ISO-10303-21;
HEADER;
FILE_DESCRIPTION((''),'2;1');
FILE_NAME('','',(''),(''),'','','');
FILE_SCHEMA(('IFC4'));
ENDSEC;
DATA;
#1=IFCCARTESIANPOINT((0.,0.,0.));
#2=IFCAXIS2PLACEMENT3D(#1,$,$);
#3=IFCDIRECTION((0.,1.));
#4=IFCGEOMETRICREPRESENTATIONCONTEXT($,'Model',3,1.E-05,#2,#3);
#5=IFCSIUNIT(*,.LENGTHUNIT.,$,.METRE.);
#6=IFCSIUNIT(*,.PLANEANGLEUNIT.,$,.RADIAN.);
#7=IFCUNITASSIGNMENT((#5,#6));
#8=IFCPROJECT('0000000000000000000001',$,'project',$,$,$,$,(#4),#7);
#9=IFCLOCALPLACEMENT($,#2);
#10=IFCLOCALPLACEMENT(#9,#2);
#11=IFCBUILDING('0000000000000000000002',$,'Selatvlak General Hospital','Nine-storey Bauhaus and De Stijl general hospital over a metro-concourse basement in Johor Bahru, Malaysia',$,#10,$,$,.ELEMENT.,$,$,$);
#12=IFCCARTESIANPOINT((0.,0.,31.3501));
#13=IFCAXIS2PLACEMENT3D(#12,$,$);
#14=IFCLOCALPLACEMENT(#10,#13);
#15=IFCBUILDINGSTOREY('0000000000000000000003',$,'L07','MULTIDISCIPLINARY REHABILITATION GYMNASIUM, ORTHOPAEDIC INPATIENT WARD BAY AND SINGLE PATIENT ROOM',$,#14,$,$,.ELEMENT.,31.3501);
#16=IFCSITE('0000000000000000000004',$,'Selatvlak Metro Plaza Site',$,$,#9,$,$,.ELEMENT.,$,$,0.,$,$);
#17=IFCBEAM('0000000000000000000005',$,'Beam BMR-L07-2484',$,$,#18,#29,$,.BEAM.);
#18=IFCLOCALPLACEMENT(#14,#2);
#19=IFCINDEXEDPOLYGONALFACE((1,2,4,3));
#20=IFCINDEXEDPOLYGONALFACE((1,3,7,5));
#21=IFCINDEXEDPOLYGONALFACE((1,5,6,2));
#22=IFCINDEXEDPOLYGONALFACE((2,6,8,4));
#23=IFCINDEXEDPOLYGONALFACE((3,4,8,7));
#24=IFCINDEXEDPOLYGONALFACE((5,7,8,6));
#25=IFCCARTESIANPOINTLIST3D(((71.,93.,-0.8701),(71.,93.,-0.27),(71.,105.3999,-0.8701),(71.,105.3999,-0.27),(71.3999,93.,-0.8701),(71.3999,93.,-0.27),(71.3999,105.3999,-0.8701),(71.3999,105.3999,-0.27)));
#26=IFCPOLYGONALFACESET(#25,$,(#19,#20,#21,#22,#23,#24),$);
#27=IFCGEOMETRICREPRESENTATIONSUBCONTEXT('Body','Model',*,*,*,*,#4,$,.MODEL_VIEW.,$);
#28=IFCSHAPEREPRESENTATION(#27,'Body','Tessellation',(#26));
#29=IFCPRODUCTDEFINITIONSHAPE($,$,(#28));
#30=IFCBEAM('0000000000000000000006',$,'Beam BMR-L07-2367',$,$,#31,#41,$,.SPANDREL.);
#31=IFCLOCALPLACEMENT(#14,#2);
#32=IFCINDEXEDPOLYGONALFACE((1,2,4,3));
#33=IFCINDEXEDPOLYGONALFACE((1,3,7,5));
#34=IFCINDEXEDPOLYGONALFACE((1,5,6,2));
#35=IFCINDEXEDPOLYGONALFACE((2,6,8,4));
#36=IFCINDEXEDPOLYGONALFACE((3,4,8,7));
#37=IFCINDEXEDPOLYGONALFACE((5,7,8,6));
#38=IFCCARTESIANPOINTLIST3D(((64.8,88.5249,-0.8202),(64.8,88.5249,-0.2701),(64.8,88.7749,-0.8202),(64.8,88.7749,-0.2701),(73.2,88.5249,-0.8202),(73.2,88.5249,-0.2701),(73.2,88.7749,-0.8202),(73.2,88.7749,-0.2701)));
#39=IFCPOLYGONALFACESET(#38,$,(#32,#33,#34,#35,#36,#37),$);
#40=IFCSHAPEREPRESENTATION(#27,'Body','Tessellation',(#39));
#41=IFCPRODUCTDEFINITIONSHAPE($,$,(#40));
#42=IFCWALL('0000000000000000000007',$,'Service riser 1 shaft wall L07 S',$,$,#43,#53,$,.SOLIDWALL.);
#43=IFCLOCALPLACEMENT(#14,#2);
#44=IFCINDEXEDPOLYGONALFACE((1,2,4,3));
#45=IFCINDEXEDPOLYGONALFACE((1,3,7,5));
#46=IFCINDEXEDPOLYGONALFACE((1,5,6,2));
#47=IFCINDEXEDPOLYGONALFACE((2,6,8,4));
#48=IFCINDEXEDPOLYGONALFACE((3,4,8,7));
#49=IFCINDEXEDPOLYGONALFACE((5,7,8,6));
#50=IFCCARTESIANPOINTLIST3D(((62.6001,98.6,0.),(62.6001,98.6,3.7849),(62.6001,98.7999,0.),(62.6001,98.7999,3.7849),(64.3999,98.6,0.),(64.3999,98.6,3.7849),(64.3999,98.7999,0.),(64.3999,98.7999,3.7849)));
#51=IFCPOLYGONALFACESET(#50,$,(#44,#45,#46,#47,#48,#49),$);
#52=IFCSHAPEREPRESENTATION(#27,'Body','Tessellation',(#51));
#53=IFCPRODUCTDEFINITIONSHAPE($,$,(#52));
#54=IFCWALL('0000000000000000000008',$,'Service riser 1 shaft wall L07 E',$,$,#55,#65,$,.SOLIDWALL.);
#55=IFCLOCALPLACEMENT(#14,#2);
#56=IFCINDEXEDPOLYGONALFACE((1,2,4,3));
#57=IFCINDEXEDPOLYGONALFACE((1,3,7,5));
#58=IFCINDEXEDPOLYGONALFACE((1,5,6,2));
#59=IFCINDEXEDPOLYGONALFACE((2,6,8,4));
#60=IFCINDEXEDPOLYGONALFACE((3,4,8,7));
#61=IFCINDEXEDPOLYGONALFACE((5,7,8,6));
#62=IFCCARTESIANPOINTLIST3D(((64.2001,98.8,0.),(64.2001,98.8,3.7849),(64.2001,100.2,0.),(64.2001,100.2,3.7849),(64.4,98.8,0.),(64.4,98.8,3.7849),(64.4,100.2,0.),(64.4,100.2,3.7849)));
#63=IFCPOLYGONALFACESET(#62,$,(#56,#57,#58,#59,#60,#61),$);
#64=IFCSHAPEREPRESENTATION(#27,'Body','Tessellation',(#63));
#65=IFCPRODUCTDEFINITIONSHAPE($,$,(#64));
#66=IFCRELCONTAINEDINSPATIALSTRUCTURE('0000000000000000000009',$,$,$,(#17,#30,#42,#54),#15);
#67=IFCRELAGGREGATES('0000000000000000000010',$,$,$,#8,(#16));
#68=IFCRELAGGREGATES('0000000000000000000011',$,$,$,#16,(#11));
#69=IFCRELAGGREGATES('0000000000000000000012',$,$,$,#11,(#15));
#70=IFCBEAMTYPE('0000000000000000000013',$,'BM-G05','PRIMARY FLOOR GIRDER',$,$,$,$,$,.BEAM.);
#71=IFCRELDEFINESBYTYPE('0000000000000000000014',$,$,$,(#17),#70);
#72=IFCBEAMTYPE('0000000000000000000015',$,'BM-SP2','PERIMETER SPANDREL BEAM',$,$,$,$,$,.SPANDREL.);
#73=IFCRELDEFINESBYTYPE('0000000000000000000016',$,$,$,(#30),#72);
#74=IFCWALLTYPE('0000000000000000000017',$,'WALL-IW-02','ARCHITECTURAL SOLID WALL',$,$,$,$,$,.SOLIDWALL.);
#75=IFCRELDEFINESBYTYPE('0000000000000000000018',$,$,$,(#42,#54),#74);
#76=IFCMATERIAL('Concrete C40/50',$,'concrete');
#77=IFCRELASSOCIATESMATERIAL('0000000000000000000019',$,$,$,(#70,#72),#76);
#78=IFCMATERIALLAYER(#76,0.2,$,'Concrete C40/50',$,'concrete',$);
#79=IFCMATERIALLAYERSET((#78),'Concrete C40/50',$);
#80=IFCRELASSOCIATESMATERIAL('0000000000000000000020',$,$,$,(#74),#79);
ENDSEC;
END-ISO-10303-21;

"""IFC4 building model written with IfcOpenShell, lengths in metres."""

from ifc_helpers import new_model, si_unit, direction, frame, frame_2d, origin, origin_2d, place, context, subcontext, project, spatial, rectangle, extrude, material, layer, layer_set, material_profile, profile_set, type_object, element, save


model = new_model("IFC4")

# Units and contexts
model_context = context("Model", 3, precision=1e-05, world=origin(), true_north=direction((0.0, 1.0)))
body_context = subcontext(model_context, "Body", "Model", "MODEL_VIEW")
ifc_project = project(units=[si_unit("LENGTHUNIT", "METRE"), si_unit("PLANEANGLEUNIT", "RADIAN")], contexts=[model_context])

# Site, building, storey
site_placement = place(None, origin())
site = spatial("IfcSite", under=ifc_project, at=site_placement, Name="Selatvlak Metro Plaza Site", CompositionType="ELEMENT", RefElevation=0.0)
building_placement = place(site_placement, origin())
building = spatial("IfcBuilding", under=site, at=building_placement, Name="Selatvlak General Hospital", Description="Nine-storey Bauhaus and De Stijl general hospital over a metro-concourse basement in Johor Bahru, Malaysia", CompositionType="ELEMENT")
storey_placement = place(building_placement, frame((0.0, 0.0, 31.3501)))
storey = spatial("IfcBuildingStorey", under=building, at=storey_placement, Name="L07", Description="MULTIDISCIPLINARY REHABILITATION GYMNASIUM, ORTHOPAEDIC INPATIENT WARD BAY AND SINGLE PATIENT ROOM", CompositionType="ELEMENT", Elevation=31.3501)

# Shared definitions
ifc_material_1 = material(Name="Concrete C40/50", Category="concrete")

# Beams
ifc_material_profile_1 = material_profile(ifc_material_1, rectangle(XDim=0.3999, YDim=0.6001, at=origin_2d()), Name="RC-BM 400x600")
ifc_profile_set_1 = profile_set([ifc_material_profile_1], Name="Concrete C40/50")
beam_type_1 = type_object("IfcBeamType", Name="BM-G05", Description="PRIMARY FLOOR GIRDER", PredefinedType="BEAM", material=ifc_profile_set_1)
beam_1_placement = place(storey_placement, frame((71.2, 93.0, -0.5701), z_axis=(0.0, 1.0, 0.0), x_axis=(-1.0, 0.0, 0.0)))
element("IfcBeam", 1, at=beam_1_placement, inside=storey, type_object=beam_type_1, Name="Beam BMR-L07-2484", PredefinedType="BEAM", context=body_context, shape_type="SweptSolid", body=[
    extrude(rectangle(XDim=0.3999, YDim=0.6001, at=origin_2d()), origin(), (0.0, 0.0, 1.0), 12.3999),
])
ifc_material_profile_2 = material_profile(ifc_material_1, rectangle(XDim=0.25, YDim=0.55, at=origin_2d()), Name="RC-SP 250x550")
ifc_profile_set_2 = profile_set([ifc_material_profile_2], Name="Concrete C40/50")
beam_type_2 = type_object("IfcBeamType", Name="BM-SP2", Description="PERIMETER SPANDREL BEAM", PredefinedType="SPANDREL", material=ifc_profile_set_2)
beam_2_placement = place(storey_placement, frame((64.8, 88.6499, -0.5452), z_axis=(1.0, 0.0, 0.0), x_axis=(0.0, 1.0, 0.0)))
element("IfcBeam", 2, at=beam_2_placement, inside=storey, type_object=beam_type_2, Name="Beam BMR-L07-2367", PredefinedType="SPANDREL", context=body_context, shape_type="SweptSolid", body=[
    extrude(rectangle(XDim=0.25, YDim=0.55, at=origin_2d()), origin(), (0.0, 0.0, 1.0), 8.3999),
])

# Walls
ifc_layer = layer(ifc_material_1, 0.2, Name="Concrete C40/50", Category="concrete")
ifc_layer_set = layer_set([ifc_layer], Name="Concrete C40/50")
wall_type = type_object("IfcWallType", Name="WALL-IW-02", Description="ARCHITECTURAL SOLID WALL", PredefinedType="SOLIDWALL", material=ifc_layer_set)
wall_1_placement = place(storey_placement, frame((62.6001, 98.7, 0.0), z_axis=(0.0, 0.0, 1.0), x_axis=(1.0, 0.0, 0.0)))
element("IfcWall", 3, at=wall_1_placement, inside=storey, type_object=wall_type, Name="Service riser 1 shaft wall L07 S", PredefinedType="SOLIDWALL", context=body_context, shape_type="SweptSolid", body=[
    extrude(rectangle(XDim=1.7998, YDim=0.2, at=frame_2d((0.8999, 0.0))), origin(), (0.0, 0.0, 1.0), 3.7849),
])
wall_2_placement = place(storey_placement, frame((64.3, 98.8, 0.0), z_axis=(0.0, 0.0, 1.0), x_axis=(0.0, 1.0, 0.0)))
element("IfcWall", 4, at=wall_2_placement, inside=storey, type_object=wall_type, Name="Service riser 1 shaft wall L07 E", PredefinedType="SOLIDWALL", context=body_context, shape_type="SweptSolid", body=[
    extrude(rectangle(XDim=1.3999, YDim=0.2, at=frame_2d((0.7, 0.0))), origin(), (0.0, 0.0, 1.0), 3.7849),
])

save(model, "model.ifc")
